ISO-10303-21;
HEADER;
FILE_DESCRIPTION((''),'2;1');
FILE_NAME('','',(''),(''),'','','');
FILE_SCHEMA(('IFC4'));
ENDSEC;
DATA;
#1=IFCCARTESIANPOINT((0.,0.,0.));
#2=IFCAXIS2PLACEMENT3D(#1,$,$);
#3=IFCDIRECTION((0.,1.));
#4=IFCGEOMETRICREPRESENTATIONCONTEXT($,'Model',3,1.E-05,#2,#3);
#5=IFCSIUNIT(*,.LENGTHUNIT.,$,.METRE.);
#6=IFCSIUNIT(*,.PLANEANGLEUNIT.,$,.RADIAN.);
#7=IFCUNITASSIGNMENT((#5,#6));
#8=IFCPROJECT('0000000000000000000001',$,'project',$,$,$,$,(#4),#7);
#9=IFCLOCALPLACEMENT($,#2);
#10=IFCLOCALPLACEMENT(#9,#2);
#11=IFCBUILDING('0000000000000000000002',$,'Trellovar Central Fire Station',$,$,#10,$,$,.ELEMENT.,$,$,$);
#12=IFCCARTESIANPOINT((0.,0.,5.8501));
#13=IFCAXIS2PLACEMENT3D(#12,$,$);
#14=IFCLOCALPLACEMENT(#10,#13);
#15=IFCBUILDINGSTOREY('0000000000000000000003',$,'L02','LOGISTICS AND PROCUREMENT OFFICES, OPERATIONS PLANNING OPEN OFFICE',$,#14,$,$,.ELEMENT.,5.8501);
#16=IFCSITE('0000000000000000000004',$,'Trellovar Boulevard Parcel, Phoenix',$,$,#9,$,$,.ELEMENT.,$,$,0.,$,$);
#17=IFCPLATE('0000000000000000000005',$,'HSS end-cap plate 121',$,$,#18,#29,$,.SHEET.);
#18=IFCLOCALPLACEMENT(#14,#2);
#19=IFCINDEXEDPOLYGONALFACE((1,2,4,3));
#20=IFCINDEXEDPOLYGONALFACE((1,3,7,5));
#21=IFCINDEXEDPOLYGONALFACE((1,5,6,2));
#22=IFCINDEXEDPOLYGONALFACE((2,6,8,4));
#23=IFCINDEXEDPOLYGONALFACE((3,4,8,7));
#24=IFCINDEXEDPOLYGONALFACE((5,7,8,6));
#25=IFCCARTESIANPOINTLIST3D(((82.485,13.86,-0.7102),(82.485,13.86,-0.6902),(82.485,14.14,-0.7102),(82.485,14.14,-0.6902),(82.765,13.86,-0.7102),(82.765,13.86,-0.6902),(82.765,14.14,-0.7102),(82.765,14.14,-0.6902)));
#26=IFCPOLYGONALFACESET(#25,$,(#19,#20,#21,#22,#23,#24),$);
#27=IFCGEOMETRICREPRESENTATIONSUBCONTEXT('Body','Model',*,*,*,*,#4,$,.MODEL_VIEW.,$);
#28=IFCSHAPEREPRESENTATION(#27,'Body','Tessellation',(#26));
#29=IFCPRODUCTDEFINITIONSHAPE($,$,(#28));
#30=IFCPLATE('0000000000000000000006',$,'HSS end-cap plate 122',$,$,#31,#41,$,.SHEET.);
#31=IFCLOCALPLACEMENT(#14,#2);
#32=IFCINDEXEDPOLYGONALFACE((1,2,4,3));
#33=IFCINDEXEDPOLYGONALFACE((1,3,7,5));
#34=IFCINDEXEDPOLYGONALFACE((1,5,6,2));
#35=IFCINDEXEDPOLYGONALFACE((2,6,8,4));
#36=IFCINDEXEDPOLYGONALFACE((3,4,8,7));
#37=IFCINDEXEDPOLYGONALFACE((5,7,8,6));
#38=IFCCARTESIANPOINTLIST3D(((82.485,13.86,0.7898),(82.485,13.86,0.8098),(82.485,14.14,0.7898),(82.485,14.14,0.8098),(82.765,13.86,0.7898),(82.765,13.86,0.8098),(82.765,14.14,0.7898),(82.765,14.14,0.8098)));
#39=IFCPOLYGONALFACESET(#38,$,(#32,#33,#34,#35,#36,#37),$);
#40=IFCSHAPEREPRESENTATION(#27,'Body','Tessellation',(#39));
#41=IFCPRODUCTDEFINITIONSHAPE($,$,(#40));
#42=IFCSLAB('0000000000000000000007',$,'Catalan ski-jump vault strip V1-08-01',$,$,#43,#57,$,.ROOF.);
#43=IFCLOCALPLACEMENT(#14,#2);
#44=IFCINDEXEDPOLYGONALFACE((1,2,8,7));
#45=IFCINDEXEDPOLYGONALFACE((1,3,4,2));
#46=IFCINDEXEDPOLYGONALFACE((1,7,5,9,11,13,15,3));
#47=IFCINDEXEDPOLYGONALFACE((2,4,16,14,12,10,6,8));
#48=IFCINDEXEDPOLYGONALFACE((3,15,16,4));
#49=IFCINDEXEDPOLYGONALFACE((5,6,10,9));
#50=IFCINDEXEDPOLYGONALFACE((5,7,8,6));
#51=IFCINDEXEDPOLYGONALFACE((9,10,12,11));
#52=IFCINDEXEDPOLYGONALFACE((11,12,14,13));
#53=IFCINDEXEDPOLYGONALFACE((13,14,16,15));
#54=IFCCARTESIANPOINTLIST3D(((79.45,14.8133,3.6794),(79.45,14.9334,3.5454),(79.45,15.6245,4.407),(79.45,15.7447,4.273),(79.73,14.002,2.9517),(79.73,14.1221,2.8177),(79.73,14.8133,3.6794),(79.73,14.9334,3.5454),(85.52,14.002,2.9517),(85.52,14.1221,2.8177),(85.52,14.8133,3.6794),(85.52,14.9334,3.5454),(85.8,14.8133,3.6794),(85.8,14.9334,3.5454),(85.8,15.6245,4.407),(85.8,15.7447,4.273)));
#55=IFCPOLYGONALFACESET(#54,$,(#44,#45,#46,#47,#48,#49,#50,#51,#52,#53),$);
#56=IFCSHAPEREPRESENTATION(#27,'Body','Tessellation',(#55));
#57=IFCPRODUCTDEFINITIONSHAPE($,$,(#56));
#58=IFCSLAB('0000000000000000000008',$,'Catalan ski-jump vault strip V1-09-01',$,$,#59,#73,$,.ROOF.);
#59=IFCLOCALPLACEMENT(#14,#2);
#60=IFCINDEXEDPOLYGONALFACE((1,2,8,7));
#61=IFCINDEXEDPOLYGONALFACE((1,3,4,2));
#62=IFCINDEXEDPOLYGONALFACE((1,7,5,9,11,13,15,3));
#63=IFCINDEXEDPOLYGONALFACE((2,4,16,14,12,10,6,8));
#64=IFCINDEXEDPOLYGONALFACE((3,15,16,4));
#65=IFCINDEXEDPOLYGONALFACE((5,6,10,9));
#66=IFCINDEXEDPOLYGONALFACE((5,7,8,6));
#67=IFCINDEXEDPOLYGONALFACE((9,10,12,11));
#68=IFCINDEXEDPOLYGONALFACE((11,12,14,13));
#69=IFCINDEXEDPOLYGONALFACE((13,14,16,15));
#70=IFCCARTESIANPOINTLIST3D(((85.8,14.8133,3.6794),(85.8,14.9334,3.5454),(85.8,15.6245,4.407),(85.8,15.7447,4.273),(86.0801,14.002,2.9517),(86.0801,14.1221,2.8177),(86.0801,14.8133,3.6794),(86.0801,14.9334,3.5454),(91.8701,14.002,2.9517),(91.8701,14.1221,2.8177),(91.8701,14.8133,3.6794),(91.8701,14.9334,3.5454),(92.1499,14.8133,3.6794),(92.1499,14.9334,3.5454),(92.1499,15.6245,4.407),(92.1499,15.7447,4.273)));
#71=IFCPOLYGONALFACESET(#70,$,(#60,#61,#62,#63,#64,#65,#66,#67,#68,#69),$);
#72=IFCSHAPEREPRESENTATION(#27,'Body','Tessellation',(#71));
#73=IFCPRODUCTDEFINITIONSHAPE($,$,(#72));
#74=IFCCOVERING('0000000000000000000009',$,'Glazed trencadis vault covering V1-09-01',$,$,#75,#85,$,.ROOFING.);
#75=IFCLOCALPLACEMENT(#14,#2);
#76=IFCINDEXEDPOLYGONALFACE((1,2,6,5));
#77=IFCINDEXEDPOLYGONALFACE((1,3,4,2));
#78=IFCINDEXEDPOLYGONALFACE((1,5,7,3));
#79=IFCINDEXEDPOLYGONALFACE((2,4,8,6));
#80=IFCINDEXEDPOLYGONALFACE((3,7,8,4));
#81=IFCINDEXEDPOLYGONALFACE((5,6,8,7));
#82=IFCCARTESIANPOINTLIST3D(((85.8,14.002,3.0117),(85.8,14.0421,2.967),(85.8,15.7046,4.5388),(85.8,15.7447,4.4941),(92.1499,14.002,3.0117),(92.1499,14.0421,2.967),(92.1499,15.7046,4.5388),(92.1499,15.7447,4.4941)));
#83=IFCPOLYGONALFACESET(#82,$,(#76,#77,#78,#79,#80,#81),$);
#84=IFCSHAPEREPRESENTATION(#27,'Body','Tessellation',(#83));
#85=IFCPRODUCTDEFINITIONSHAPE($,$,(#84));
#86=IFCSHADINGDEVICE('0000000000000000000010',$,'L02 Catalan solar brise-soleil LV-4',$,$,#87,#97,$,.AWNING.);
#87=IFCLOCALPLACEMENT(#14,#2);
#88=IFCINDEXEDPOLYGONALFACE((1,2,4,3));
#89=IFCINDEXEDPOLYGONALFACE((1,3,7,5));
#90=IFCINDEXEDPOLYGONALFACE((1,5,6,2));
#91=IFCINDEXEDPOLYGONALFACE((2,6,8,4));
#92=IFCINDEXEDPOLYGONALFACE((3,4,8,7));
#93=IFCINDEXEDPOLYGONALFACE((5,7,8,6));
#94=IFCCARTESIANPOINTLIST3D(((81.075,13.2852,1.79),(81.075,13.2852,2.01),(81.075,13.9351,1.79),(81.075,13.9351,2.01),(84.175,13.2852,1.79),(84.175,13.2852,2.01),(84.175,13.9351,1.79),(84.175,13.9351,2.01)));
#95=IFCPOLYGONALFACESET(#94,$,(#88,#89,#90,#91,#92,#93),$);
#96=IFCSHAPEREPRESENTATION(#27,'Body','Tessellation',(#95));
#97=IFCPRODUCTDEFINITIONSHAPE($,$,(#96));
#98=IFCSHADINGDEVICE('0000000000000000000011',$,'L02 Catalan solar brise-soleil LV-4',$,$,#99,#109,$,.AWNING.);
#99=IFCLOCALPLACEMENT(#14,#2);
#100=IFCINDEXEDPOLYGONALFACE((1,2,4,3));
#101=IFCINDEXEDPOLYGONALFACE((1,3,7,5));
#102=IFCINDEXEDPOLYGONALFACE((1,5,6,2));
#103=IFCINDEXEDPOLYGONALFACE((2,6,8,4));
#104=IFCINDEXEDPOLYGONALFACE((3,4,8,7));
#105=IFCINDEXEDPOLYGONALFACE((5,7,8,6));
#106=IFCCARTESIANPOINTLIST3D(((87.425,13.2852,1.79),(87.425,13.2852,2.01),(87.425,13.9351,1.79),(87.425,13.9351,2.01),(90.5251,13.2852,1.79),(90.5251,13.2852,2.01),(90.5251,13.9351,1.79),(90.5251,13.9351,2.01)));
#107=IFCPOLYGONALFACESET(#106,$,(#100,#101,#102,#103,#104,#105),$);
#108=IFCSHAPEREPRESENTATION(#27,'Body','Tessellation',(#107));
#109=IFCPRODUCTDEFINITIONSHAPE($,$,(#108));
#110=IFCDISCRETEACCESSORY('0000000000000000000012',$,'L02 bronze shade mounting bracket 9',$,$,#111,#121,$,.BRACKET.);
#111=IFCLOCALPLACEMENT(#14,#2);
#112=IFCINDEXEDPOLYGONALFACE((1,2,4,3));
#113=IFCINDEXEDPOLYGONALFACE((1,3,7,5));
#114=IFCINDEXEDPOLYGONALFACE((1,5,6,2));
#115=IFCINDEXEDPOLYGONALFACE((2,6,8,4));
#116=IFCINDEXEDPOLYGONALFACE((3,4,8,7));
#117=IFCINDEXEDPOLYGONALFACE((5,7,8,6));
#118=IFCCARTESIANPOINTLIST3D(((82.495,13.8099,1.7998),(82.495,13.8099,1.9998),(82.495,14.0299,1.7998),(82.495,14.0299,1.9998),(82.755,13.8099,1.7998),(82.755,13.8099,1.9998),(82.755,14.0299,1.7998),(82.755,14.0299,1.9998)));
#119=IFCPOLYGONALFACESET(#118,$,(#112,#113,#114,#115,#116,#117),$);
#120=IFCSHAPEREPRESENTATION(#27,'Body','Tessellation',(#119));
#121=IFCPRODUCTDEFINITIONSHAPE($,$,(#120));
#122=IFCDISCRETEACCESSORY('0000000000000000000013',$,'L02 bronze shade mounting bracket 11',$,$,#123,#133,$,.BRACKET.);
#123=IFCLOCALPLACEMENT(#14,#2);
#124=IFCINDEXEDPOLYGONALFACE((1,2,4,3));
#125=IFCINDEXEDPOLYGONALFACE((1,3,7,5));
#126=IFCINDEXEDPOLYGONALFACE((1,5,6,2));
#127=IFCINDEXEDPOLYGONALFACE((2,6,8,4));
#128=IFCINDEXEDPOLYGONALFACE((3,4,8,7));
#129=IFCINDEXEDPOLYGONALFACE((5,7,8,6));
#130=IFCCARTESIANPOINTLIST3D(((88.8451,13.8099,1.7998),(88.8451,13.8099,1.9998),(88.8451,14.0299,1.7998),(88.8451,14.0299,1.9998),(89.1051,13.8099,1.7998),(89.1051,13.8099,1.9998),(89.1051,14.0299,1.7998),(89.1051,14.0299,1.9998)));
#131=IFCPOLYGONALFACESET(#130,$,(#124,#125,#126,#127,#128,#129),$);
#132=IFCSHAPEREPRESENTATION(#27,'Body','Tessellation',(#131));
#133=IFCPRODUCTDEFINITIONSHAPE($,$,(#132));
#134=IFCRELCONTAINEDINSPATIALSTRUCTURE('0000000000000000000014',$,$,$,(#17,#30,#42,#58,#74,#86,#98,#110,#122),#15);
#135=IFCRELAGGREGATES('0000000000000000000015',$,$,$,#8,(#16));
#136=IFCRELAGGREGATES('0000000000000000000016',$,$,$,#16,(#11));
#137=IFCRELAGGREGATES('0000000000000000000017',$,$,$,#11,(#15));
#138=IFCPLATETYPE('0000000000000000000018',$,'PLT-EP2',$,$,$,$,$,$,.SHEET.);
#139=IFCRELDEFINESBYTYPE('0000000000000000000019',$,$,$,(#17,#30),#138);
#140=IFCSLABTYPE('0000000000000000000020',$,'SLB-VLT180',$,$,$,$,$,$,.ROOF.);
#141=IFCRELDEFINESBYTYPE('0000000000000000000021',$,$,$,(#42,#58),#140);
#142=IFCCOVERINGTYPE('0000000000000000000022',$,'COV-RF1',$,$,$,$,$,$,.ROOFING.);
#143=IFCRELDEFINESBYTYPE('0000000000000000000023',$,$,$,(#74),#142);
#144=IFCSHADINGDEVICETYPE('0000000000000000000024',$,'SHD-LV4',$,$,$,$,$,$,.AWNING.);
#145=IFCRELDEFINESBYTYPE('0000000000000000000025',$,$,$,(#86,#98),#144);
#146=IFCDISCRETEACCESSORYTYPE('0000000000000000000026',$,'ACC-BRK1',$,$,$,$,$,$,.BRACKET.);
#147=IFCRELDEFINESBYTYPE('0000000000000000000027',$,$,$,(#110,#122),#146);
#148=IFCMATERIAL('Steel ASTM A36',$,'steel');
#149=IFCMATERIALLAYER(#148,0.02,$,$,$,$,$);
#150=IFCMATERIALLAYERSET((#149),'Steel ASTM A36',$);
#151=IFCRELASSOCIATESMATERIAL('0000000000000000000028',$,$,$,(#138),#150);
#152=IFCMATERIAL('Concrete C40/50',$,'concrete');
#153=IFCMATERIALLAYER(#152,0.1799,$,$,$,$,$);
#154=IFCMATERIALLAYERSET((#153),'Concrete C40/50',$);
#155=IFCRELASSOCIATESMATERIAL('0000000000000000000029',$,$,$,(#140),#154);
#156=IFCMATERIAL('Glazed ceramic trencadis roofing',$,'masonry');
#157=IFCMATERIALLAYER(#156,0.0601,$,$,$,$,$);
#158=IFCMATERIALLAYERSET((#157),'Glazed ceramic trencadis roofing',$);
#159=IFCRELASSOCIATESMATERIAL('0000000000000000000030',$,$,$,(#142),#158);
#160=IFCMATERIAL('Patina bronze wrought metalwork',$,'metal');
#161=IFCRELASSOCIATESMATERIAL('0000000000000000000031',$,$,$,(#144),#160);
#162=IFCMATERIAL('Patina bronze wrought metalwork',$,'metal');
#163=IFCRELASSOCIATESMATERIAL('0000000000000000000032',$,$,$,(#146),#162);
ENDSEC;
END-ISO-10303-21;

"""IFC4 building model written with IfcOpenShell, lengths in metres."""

from ifc_helpers import new_model, si_unit, direction, frame, origin, origin_2d, place, context, subcontext, project, spatial, polyline, rectangle, outline, extrude, material, layer, layer_set, type_object, element, save


model = new_model("IFC4")

# Units and contexts
model_context = context("Model", 3, precision=1e-05, world=origin(), true_north=direction((0.0, 1.0)))
body_context = subcontext(model_context, "Body", "Model", "MODEL_VIEW")
ifc_project = project(units=[si_unit("LENGTHUNIT", "METRE"), si_unit("PLANEANGLEUNIT", "RADIAN")], contexts=[model_context])

# Site, building, storey
site_placement = place(None, origin())
site = spatial("IfcSite", under=ifc_project, at=site_placement, Name="Trellovar Boulevard Parcel, Phoenix", CompositionType="ELEMENT", RefElevation=0.0)
building_placement = place(site_placement, origin())
building = spatial("IfcBuilding", under=site, at=building_placement, Name="Trellovar Central Fire Station", CompositionType="ELEMENT")
storey_placement = place(building_placement, frame((0.0, 0.0, 5.8501)))
storey = spatial("IfcBuildingStorey", under=building, at=storey_placement, Name="L02", Description="LOGISTICS AND PROCUREMENT OFFICES, OPERATIONS PLANNING OPEN OFFICE", CompositionType="ELEMENT", Elevation=5.8501)

# Plates
ifc_material_1 = material(Name="Steel ASTM A36", Category="steel")
ifc_layer_1 = layer(ifc_material_1, 0.02)
ifc_layer_set_1 = layer_set([ifc_layer_1], Name="Steel ASTM A36")
plate_type_1 = type_object("IfcPlateType", Name="PLT-EP2", PredefinedType="SHEET", material=ifc_layer_set_1)
for number, where, z_axis, x_axis, name in (
    (1, (82.625, 14.0, -0.7102), (0.0, 0.0, 1.0), (1.0, 0.0, 0.0), "HSS end-cap plate 121"),
    (2, (82.625, 14.0, 0.7898), (0.0, 0.0, 1.0), (1.0, 0.0, 0.0), "HSS end-cap plate 122"),
):
    element("IfcPlate", number, at=place(storey_placement, frame(where, z_axis=z_axis, x_axis=x_axis)), inside=storey, type_object=plate_type_1, Name=name, PredefinedType="SHEET", context=body_context, shape_type="SweptSolid", body=[
        extrude(rectangle(XDim=0.28, YDim=0.28, at=origin_2d()), origin(), (0.0, 0.0, 1.0), 0.02),
    ])

# Slabs
ifc_material_2 = material(Name="Concrete C40/50", Category="concrete")
ifc_layer_2 = layer(ifc_material_2, 0.1799)
ifc_layer_set_2 = layer_set([ifc_layer_2], Name="Concrete C40/50")
slab_type = type_object("IfcSlabType", Name="SLB-VLT180", PredefinedType="ROOF", material=ifc_layer_set_2)
slab_1_placement = place(storey_placement, frame((79.73, 14.002, 2.9517), z_axis=(0.0, -0.667698, 0.744432), x_axis=(1.0, 0.0, 0.0)))
element("IfcSlab", 3, at=slab_1_placement, inside=storey, type_object=slab_type, Name="Catalan ski-jump vault strip V1-08-01", PredefinedType="ROOF", context=body_context, shape_type="SweptSolid", body=[
    extrude(outline(polyline([(0.0, 0.0), (5.79, 0.0), (5.79, 1.0899), (6.0701, 1.0899), (6.0701, 2.1796), (-0.28, 2.1796), (-0.28, 1.0899), (0.0, 1.0899), (0.0, 0.0)])), origin(), (0.0, 0.0, -1.0), 0.1799),
])
slab_2_placement = place(storey_placement, frame((86.0801, 14.002, 2.9517), z_axis=(0.0, -0.667698, 0.744432), x_axis=(1.0, 0.0, 0.0)))
element("IfcSlab", 4, at=slab_2_placement, inside=storey, type_object=slab_type, Name="Catalan ski-jump vault strip V1-09-01", PredefinedType="ROOF", context=body_context, shape_type="SweptSolid", body=[
    extrude(outline(polyline([(0.0, 0.0), (5.79, 0.0), (5.79, 1.0899), (6.0698, 1.0899), (6.0698, 2.1796), (-0.28, 2.1796), (-0.28, 1.0899), (0.0, 1.0899), (0.0, 0.0)])), origin(), (0.0, 0.0, -1.0), 0.1799),
])

# Covering
ifc_material_3 = material(Name="Glazed ceramic trencadis roofing", Category="masonry")
ifc_layer_3 = layer(ifc_material_3, 0.0601)
ifc_layer_set_3 = layer_set([ifc_layer_3], Name="Glazed ceramic trencadis roofing")
covering_type = type_object("IfcCoveringType", Name="COV-RF1", PredefinedType="ROOFING", material=ifc_layer_set_3)
covering_placement = place(storey_placement, frame((85.8, 14.002, 3.0117), z_axis=(0.0, -0.66769, 0.74444), x_axis=(1.0, 0.0, 0.0)))
element("IfcCovering", 5, at=covering_placement, inside=storey, type_object=covering_type, Name="Glazed trencadis vault covering V1-09-01", PredefinedType="ROOFING", context=body_context, shape_type="SweptSolid", body=[
    extrude(outline(polyline([(0.0, 0.0), (6.3499, 0.0), (6.3499, 2.2871), (0.0, 2.2871), (0.0, 0.0)])), origin(), (0.0, 0.0, -1.0), 0.0601),
])

# Shading devices
ifc_material_4 = material(Name="Patina bronze wrought metalwork", Category="metal")
shading_device_type = type_object("IfcShadingDeviceType", Name="SHD-LV4", PredefinedType="AWNING", material=ifc_material_4)
for number, where, z_axis, x_axis, name in (
    (6, (82.625, 13.6101, 1.79), (0.0, 0.0, 1.0), (1.0, 0.0, 0.0), "L02 Catalan solar brise-soleil LV-4"),
    (7, (88.9751, 13.6101, 1.79), (0.0, 0.0, 1.0), (1.0, 0.0, 0.0), "L02 Catalan solar brise-soleil LV-4"),
):
    element("IfcShadingDevice", number, at=place(storey_placement, frame(where, z_axis=z_axis, x_axis=x_axis)), inside=storey, type_object=shading_device_type, Name=name, PredefinedType="AWNING", context=body_context, shape_type="SweptSolid", body=[
        extrude(rectangle(XDim=3.1001, YDim=0.6499, at=origin_2d()), origin(), (0.0, 0.0, 1.0), 0.22),
    ])

# Discrete accessories
ifc_material_5 = material(Name="Patina bronze wrought metalwork", Category="metal")
discrete_accessory_type = type_object("IfcDiscreteAccessoryType", Name="ACC-BRK1", PredefinedType="BRACKET", material=ifc_material_5)
for number, where, z_axis, x_axis, name in (
    (8, (82.625, 13.9199, 1.7998), (0.0, 0.0, 1.0), (1.0, 0.0, 0.0), "L02 bronze shade mounting bracket 9"),
    (9, (88.9751, 13.9199, 1.7998), (0.0, 0.0, 1.0), (1.0, 0.0, 0.0), "L02 bronze shade mounting bracket 11"),
):
    element("IfcDiscreteAccessory", number, at=place(storey_placement, frame(where, z_axis=z_axis, x_axis=x_axis)), inside=storey, type_object=discrete_accessory_type, Name=name, PredefinedType="BRACKET", context=body_context, shape_type="SweptSolid", body=[
        extrude(rectangle(XDim=0.26, YDim=0.22, at=origin_2d()), origin(), (0.0, 0.0, 1.0), 0.2),
    ])

save(model, "model.ifc")
